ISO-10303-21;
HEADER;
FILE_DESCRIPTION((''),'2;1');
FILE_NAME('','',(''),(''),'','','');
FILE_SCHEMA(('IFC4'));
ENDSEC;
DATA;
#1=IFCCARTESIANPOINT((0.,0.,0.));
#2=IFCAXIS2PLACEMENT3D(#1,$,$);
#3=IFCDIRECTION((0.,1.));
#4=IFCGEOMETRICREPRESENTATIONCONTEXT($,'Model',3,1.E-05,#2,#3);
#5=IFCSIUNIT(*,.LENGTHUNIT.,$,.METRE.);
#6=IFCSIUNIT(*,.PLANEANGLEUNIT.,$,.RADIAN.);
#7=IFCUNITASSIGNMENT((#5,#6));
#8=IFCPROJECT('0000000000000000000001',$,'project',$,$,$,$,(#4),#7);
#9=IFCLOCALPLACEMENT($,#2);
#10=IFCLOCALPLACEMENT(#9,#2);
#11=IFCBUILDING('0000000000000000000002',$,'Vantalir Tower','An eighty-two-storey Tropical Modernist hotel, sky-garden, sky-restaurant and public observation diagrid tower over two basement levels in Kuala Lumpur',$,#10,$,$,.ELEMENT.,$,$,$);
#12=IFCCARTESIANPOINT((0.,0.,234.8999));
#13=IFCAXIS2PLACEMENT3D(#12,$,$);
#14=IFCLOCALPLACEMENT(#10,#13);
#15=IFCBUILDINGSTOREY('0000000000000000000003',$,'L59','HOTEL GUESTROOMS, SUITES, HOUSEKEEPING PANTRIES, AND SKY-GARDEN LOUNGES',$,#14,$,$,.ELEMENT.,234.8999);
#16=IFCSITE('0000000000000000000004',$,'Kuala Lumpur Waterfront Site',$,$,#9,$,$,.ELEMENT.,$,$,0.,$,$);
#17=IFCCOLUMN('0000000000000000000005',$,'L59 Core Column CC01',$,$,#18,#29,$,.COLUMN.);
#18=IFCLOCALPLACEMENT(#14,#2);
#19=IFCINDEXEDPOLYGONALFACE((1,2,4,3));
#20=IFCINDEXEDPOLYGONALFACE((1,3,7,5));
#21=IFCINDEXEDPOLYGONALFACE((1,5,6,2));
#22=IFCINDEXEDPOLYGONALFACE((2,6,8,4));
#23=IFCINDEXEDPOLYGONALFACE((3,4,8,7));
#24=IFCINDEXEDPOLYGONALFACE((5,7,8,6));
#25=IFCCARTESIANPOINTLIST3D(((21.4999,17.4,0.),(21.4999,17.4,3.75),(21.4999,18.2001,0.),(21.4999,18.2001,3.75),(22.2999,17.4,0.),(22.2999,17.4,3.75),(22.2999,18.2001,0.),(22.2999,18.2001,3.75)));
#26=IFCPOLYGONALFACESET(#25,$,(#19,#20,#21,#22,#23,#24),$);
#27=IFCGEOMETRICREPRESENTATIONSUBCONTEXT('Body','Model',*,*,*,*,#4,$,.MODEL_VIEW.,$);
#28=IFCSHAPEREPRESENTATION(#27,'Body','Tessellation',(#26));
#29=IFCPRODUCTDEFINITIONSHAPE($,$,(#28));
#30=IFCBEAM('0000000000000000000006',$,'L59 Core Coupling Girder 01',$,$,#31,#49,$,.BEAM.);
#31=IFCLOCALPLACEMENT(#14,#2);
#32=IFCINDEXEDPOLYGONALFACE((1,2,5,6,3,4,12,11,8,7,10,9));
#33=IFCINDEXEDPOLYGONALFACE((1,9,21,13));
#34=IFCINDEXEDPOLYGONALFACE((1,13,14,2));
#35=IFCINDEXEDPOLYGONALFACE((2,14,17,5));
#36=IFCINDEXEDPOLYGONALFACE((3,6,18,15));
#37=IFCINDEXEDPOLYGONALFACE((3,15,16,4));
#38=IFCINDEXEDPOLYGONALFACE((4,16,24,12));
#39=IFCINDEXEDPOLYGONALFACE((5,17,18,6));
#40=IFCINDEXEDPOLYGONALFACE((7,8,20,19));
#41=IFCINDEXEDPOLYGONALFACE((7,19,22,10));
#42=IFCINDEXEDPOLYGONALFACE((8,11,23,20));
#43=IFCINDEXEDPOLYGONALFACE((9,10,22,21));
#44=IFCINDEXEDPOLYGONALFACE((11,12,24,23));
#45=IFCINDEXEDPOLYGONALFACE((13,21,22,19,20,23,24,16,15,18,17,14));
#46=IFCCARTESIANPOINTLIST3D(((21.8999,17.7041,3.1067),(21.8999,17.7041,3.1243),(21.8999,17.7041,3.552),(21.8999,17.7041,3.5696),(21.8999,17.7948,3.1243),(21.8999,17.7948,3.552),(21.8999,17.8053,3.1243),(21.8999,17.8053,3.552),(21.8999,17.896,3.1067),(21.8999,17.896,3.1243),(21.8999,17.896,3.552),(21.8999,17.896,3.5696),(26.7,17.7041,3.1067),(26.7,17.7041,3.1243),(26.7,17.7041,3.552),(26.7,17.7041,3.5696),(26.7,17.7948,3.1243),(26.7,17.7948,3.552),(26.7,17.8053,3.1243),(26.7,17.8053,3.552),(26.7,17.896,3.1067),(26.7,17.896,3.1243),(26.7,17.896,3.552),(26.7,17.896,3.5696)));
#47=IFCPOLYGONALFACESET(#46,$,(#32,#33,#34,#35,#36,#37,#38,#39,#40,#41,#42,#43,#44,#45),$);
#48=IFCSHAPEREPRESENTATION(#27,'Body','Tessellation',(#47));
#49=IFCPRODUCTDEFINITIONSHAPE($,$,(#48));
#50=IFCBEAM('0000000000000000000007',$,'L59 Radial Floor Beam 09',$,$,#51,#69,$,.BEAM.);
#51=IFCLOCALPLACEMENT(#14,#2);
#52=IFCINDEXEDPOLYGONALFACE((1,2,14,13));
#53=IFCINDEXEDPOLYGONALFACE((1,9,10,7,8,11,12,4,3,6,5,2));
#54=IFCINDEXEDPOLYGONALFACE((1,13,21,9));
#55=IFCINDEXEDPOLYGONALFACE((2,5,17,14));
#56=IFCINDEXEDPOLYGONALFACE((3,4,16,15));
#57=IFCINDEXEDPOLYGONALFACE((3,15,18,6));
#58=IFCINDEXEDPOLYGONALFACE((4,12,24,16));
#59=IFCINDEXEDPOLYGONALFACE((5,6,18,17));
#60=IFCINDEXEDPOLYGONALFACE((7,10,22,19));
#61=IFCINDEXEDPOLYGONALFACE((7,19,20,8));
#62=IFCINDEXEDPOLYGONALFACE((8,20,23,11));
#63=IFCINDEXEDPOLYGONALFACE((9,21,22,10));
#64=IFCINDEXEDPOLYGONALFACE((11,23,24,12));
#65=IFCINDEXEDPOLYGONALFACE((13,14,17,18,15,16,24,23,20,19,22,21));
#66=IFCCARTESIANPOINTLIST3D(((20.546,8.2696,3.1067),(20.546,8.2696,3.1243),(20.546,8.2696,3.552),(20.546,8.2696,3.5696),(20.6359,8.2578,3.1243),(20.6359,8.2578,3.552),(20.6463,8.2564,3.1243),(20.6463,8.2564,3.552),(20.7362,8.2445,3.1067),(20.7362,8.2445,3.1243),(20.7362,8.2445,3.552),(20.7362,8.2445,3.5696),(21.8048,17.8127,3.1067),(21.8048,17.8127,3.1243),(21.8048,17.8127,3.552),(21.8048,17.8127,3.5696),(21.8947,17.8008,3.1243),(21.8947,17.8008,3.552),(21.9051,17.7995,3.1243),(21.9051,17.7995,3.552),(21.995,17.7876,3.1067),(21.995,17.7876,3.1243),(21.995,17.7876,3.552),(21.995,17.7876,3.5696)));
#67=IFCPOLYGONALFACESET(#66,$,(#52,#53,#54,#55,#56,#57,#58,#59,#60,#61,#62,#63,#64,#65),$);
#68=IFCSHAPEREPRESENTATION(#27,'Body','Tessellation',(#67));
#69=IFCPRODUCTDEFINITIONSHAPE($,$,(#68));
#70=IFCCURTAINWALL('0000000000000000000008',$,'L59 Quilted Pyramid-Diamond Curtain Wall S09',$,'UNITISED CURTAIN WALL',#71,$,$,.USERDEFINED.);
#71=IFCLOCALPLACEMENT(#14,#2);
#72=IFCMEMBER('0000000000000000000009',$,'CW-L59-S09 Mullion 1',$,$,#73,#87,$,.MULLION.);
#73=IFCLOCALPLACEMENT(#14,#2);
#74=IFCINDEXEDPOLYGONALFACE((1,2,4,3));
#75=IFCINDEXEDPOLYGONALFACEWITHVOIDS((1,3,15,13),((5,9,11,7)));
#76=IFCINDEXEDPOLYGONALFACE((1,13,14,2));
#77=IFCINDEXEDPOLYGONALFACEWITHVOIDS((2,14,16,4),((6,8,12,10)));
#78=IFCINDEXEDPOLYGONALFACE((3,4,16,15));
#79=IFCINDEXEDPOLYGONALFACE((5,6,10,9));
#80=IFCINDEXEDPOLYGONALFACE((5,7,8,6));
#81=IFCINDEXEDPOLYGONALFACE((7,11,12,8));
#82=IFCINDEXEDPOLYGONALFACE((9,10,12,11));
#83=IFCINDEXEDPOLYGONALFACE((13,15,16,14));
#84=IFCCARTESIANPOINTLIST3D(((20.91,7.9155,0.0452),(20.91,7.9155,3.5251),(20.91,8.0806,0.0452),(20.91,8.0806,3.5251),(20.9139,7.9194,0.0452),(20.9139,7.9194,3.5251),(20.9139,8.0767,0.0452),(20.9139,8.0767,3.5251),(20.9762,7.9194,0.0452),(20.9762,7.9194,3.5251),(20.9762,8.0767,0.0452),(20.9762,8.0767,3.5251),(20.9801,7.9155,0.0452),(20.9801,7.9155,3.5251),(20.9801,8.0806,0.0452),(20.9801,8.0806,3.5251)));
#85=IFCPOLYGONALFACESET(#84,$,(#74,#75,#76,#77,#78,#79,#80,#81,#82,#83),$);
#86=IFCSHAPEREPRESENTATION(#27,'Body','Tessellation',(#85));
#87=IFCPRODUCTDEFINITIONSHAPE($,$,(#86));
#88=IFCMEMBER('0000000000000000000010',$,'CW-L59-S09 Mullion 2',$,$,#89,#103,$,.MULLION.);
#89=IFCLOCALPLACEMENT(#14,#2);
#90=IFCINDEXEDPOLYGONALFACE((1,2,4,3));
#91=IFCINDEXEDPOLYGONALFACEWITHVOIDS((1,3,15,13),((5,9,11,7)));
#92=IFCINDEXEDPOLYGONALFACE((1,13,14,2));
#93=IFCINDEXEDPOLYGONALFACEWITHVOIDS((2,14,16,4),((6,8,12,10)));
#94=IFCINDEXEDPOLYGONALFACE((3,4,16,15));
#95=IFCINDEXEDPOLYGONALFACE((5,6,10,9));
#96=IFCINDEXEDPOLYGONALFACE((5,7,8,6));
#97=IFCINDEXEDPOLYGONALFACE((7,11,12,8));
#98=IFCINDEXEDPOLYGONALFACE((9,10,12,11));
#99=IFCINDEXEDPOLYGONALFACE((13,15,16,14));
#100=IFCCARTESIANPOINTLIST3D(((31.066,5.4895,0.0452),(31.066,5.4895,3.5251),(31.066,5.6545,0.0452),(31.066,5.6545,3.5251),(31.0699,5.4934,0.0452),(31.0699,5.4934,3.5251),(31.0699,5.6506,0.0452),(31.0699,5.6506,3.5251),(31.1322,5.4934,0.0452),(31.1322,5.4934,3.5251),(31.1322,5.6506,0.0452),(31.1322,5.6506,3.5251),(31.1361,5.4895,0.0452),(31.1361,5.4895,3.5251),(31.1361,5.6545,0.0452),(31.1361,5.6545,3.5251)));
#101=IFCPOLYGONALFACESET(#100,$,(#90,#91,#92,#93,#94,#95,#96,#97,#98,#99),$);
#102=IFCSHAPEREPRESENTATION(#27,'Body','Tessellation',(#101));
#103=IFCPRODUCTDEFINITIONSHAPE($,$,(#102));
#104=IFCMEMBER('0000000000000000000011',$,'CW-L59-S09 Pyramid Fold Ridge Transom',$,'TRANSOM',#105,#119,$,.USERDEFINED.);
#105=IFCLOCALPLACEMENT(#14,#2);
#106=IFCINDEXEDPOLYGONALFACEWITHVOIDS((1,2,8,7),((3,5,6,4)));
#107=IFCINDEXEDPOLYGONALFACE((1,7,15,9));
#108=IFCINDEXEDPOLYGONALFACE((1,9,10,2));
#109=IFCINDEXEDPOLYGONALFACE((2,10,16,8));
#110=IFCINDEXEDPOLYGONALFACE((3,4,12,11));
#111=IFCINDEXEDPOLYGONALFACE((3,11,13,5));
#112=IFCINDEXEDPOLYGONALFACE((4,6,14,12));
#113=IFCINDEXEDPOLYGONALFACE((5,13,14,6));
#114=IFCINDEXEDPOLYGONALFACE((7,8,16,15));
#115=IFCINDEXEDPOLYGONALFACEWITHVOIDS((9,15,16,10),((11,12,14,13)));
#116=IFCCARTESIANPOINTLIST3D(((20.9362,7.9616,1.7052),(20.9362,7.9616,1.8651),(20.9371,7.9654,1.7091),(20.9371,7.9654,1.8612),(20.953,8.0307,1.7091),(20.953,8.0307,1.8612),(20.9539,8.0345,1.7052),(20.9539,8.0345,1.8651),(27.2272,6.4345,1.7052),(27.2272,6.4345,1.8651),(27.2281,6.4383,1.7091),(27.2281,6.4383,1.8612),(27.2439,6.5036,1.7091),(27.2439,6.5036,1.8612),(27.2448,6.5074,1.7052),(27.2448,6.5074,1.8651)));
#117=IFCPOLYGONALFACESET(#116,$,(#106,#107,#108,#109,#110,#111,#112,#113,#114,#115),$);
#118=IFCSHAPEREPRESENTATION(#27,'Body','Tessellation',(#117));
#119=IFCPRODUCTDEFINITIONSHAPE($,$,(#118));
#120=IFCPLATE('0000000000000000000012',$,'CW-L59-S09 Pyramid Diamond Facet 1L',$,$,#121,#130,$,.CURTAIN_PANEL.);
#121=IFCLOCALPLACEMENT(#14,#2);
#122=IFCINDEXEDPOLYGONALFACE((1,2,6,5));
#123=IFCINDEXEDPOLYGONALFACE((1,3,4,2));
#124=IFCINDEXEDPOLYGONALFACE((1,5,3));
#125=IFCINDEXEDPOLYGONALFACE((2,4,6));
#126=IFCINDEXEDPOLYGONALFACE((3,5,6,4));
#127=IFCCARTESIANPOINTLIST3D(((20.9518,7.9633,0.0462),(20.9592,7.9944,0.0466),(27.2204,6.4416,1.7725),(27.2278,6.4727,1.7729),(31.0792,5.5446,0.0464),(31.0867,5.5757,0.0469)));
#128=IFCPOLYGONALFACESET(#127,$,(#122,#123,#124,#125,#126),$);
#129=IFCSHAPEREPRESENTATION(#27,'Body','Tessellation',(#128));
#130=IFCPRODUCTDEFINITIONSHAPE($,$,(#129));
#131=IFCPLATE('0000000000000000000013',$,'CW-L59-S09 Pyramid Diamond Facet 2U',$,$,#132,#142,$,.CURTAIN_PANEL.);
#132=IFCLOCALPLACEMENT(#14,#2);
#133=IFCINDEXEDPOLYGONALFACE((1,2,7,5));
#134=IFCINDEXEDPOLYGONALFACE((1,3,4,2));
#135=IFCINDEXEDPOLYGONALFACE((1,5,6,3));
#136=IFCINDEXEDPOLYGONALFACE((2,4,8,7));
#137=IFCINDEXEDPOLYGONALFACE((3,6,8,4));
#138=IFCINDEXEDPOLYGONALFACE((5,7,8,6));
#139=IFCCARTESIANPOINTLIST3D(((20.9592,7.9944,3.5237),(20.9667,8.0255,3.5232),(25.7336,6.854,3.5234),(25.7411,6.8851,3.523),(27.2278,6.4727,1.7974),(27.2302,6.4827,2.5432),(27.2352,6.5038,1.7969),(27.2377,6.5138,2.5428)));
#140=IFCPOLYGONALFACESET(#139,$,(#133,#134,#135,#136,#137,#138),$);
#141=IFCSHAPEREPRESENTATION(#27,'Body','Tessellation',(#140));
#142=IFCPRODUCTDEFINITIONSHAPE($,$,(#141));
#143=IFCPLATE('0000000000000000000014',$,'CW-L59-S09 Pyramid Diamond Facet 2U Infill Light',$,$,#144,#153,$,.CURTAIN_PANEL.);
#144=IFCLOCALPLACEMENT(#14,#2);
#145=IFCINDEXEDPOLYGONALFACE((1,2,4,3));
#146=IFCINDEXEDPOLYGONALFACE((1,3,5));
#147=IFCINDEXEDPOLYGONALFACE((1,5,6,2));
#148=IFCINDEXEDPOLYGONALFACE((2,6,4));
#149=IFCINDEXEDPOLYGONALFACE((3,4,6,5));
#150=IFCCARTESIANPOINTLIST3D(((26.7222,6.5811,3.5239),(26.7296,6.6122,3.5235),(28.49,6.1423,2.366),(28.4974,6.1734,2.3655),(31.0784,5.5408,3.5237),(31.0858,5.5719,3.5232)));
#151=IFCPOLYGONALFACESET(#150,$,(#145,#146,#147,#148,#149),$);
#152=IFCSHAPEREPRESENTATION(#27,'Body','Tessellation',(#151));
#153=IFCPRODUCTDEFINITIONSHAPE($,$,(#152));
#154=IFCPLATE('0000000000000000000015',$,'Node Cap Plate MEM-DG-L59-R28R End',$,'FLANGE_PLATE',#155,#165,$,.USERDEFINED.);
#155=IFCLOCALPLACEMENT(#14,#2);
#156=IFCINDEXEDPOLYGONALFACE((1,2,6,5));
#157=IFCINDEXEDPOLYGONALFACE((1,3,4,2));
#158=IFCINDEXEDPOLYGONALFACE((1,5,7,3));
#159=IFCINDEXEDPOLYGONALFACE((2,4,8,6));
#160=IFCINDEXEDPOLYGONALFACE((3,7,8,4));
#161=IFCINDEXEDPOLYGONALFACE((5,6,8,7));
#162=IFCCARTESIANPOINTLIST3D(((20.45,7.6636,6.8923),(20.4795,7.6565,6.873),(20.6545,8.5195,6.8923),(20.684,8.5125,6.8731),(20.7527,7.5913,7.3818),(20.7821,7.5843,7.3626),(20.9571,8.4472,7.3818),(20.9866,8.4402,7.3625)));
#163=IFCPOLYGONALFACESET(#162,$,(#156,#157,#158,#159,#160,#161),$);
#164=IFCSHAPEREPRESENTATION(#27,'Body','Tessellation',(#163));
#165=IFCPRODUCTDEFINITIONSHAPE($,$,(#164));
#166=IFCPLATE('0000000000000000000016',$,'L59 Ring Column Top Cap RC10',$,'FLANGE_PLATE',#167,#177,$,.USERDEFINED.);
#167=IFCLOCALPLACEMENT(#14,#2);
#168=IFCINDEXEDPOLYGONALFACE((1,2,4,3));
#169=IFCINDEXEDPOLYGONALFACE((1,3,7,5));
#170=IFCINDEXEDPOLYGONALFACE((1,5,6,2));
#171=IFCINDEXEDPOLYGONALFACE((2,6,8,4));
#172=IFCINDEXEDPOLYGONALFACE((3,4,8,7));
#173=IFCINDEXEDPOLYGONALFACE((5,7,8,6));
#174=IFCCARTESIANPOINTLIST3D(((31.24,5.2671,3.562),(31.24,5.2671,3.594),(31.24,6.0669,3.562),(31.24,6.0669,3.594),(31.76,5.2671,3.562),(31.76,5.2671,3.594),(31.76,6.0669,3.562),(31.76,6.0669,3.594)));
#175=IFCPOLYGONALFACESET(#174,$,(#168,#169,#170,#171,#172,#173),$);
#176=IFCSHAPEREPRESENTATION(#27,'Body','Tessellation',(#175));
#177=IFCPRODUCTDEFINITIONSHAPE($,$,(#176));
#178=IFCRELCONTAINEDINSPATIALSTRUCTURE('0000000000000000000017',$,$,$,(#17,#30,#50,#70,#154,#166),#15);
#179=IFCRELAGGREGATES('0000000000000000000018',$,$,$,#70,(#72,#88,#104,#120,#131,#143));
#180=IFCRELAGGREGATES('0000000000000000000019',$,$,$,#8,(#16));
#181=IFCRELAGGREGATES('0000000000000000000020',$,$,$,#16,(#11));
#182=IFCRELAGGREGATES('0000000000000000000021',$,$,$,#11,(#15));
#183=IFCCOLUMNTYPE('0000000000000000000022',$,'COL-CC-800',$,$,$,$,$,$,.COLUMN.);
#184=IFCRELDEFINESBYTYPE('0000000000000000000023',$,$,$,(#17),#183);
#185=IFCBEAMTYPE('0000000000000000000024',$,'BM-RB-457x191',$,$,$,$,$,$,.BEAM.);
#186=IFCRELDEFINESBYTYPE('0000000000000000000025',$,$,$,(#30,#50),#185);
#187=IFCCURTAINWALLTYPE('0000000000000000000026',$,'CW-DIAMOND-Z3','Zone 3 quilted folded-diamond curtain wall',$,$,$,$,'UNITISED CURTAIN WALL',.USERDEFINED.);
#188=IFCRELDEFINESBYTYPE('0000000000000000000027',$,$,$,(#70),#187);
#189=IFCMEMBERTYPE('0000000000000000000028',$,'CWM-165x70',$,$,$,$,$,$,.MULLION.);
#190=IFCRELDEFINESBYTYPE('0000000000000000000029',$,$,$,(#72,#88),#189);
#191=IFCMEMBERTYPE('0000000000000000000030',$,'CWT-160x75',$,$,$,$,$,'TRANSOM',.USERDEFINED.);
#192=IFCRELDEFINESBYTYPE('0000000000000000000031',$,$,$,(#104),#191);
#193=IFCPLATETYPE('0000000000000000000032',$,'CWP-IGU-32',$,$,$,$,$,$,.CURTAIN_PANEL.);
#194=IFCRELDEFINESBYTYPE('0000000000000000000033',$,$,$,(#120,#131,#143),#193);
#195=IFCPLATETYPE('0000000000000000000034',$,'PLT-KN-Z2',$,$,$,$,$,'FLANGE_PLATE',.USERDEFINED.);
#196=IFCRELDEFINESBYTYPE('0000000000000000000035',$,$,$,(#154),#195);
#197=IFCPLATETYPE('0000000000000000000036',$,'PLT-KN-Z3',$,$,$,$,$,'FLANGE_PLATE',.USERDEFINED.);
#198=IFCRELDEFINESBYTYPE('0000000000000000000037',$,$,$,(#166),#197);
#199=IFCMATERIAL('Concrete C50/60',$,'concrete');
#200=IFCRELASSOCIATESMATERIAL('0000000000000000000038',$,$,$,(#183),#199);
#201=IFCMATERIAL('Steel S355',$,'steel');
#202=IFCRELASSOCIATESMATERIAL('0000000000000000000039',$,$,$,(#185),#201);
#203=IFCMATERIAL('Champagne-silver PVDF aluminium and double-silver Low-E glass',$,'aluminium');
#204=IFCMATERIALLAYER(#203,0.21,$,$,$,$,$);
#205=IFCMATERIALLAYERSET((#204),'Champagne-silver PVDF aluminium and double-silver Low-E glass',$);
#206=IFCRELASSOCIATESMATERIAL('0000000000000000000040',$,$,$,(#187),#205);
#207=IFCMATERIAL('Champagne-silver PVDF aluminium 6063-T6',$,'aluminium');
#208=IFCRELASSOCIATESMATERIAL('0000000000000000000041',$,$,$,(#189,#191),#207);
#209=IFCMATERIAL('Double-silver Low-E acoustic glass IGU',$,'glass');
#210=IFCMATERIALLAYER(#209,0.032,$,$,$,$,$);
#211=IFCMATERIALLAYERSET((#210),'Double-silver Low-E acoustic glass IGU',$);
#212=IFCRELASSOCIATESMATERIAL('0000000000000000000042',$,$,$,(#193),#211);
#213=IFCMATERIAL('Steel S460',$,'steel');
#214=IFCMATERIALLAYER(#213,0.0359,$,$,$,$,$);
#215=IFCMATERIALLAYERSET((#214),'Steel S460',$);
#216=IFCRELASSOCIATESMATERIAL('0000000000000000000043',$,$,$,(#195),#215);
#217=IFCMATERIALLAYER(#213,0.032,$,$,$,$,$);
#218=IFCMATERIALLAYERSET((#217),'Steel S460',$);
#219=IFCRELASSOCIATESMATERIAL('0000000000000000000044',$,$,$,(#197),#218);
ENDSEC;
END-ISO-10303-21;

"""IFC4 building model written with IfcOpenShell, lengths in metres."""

from ifc_helpers import new_model, si_unit, direction, frame, origin, origin_2d, place, context, subcontext, project, spatial, polyline, rectangle, hollow_rectangle, i_section, outline, extrude, material, layer, layer_set, material_profile, profile_set, type_object, element, aggregate, save


model = new_model("IFC4")

# Units and contexts
model_context = context("Model", 3, precision=1e-05, world=origin(), true_north=direction((0.0, 1.0)))
body_context = subcontext(model_context, "Body", "Model", "MODEL_VIEW")
ifc_project = project(units=[si_unit("LENGTHUNIT", "METRE"), si_unit("PLANEANGLEUNIT", "RADIAN")], contexts=[model_context])

# Site, building, storey
site_placement = place(None, origin())
site = spatial("IfcSite", under=ifc_project, at=site_placement, Name="Kuala Lumpur Waterfront Site", CompositionType="ELEMENT", RefElevation=0.0)
building_placement = place(site_placement, origin())
building = spatial("IfcBuilding", under=site, at=building_placement, Name="Vantalir Tower", Description="An eighty-two-storey Tropical Modernist hotel, sky-garden, sky-restaurant and public observation diagrid tower over two basement levels in Kuala Lumpur", CompositionType="ELEMENT")
storey_placement = place(building_placement, frame((0.0, 0.0, 234.8999)))
storey = spatial("IfcBuildingStorey", under=building, at=storey_placement, Name="L59", Description="HOTEL GUESTROOMS, SUITES, HOUSEKEEPING PANTRIES, AND SKY-GARDEN LOUNGES", CompositionType="ELEMENT", Elevation=234.8999)

# Column
ifc_material_1 = material(Name="Concrete C50/60", Category="concrete")
ifc_material_profile_1 = material_profile(ifc_material_1, rectangle(XDim=0.8, YDim=0.8, at=origin_2d()), Name="Concrete C50/60")
ifc_profile_set_1 = profile_set([ifc_material_profile_1], Name="Concrete C50/60")
column_type = type_object("IfcColumnType", Name="COL-CC-800", PredefinedType="COLUMN", material=ifc_profile_set_1)
column_placement = place(storey_placement, frame((21.8999, 17.8, 0.0), z_axis=(0.0, 0.0, 1.0), x_axis=(1.0, 0.0, 0.0)))
element("IfcColumn", 1, at=column_placement, inside=storey, type_object=column_type, Name="L59 Core Column CC01", PredefinedType="COLUMN", context=body_context, shape_type="SweptSolid", body=[
    extrude(rectangle(XDim=0.8, YDim=0.8, at=origin_2d()), origin(), (0.0, 0.0, 1.0), 3.75),
])

# Beams
ifc_material_2 = material(Name="Steel S355", Category="steel")
ifc_material_profile_2 = material_profile(ifc_material_2, i_section(OverallWidth=0.1919, OverallDepth=0.4629, WebThickness=0.0105, FlangeThickness=0.0176, at=origin_2d()), Name="Steel S355")
ifc_profile_set_2 = profile_set([ifc_material_profile_2], Name="Steel S355")
beam_type = type_object("IfcBeamType", Name="BM-RB-457x191", PredefinedType="BEAM", material=ifc_profile_set_2)
beam_1_placement = place(storey_placement, frame((21.8999, 17.8, 3.3381), z_axis=(1.0, 0.0, 0.0), x_axis=(0.0, 1.0, 0.0)))
element("IfcBeam", 2, at=beam_1_placement, inside=storey, type_object=beam_type, Name="L59 Core Coupling Girder 01", PredefinedType="BEAM", context=body_context, shape_type="SweptSolid", body=[
    extrude(i_section(OverallWidth=0.1919, OverallDepth=0.4629, WebThickness=0.0105, FlangeThickness=0.0176, at=origin_2d()), origin(), (0.0, 0.0, 1.0), 4.8),
])
beam_2_placement = place(storey_placement, frame((20.6411, 8.2571, 3.3381), z_axis=(0.130775, 0.991412, 0.0), x_axis=(-0.991412, 0.130775, 0.0)))
element("IfcBeam", 3, at=beam_2_placement, inside=storey, type_object=beam_type, Name="L59 Radial Floor Beam 09", PredefinedType="BEAM", context=body_context, shape_type="SweptSolid", body=[
    extrude(i_section(OverallWidth=0.1919, OverallDepth=0.4629, WebThickness=0.0105, FlangeThickness=0.0176, at=origin_2d()), origin(), (0.0, 0.0, 1.0), 9.6257),
])

# Curtain wall, members, plates
ifc_material_3 = material(Name="Champagne-silver PVDF aluminium and double-silver Low-E glass", Category="aluminium")
ifc_layer_1 = layer(ifc_material_3, 0.21)
ifc_layer_set_1 = layer_set([ifc_layer_1], Name="Champagne-silver PVDF aluminium and double-silver Low-E glass")
curtain_wall_type = type_object("IfcCurtainWallType", Name="CW-DIAMOND-Z3", Description="Zone 3 quilted folded-diamond curtain wall", ElementType="UNITISED CURTAIN WALL", PredefinedType="USERDEFINED", material=ifc_layer_set_1)
curtain_wall_placement = place(storey_placement, origin())
curtain_wall = element("IfcCurtainWall", 4, at=curtain_wall_placement, inside=storey, type_object=curtain_wall_type, Name="L59 Quilted Pyramid-Diamond Curtain Wall S09", ObjectType="UNITISED CURTAIN WALL", PredefinedType="USERDEFINED")
ifc_material_4 = material(Name="Champagne-silver PVDF aluminium 6063-T6", Category="aluminium")
ifc_material_profile_3 = material_profile(ifc_material_4, hollow_rectangle(XDim=0.0701, YDim=0.165, WallThickness=0.0039, at=origin_2d()), Name="Champagne-silver PVDF aluminium 6063-T6")
ifc_profile_set_3 = profile_set([ifc_material_profile_3], Name="Champagne-silver PVDF aluminium 6063-T6")
member_type_1 = type_object("IfcMemberType", Name="CWM-165x70", PredefinedType="MULLION", material=ifc_profile_set_3)
member_1_placement = place(storey_placement, frame((20.9451, 7.998, 0.0452), z_axis=(0.0, 0.0, 1.0), x_axis=(1.0, 0.0, 0.0)))
member_1 = element("IfcMember", 5, at=member_1_placement, type_object=member_type_1, Name="CW-L59-S09 Mullion 1", PredefinedType="MULLION", context=body_context, shape_type="SweptSolid", body=[
    extrude(hollow_rectangle(XDim=0.0701, YDim=0.165, WallThickness=0.0039, at=origin_2d()), origin(), (0.0, 0.0, 1.0), 3.48),
])
member_2_placement = place(storey_placement, frame((31.1011, 5.572, 0.0452), z_axis=(0.0, 0.0, 1.0), x_axis=(1.0, 0.0, 0.0)))
member_2 = element("IfcMember", 6, at=member_2_placement, type_object=member_type_1, Name="CW-L59-S09 Mullion 2", PredefinedType="MULLION", context=body_context, shape_type="SweptSolid", body=[
    extrude(hollow_rectangle(XDim=0.0701, YDim=0.165, WallThickness=0.0039, at=origin_2d()), origin(), (0.0, 0.0, 1.0), 3.48),
])
ifc_material_profile_4 = material_profile(ifc_material_4, hollow_rectangle(XDim=0.075, YDim=0.1599, WallThickness=0.0039, at=origin_2d()), Name="Champagne-silver PVDF aluminium 6063-T6")
ifc_profile_set_4 = profile_set([ifc_material_profile_4], Name="Champagne-silver PVDF aluminium 6063-T6")
member_type_2 = type_object("IfcMemberType", Name="CWT-160x75", ElementType="TRANSOM", PredefinedType="USERDEFINED", material=ifc_profile_set_4)
member_3_placement = place(storey_placement, frame((20.9451, 7.998, 1.7852), z_axis=(0.971779, -0.235893, 0.0), x_axis=(0.235893, 0.971779, 0.0)))
member_3 = element("IfcMember", 7, at=member_3_placement, type_object=member_type_2, Name="CW-L59-S09 Pyramid Fold Ridge Transom", ObjectType="TRANSOM", PredefinedType="USERDEFINED", context=body_context, shape_type="SweptSolid", body=[
    extrude(hollow_rectangle(XDim=0.075, YDim=0.1599, WallThickness=0.0039, at=origin_2d()), origin(), (0.0, 0.0, 1.0), 6.4736),
])
ifc_material_5 = material(Name="Double-silver Low-E acoustic glass IGU", Category="glass")
ifc_layer_2 = layer(ifc_material_5, 0.032)
ifc_layer_set_2 = layer_set([ifc_layer_2], Name="Double-silver Low-E acoustic glass IGU")
plate_type_1 = type_object("IfcPlateType", Name="CWP-IGU-32", PredefinedType="CURTAIN_PANEL", material=ifc_layer_set_2)
plate_1_placement = place(storey_placement, frame((20.9592, 7.9944, 0.0466), z_axis=(0.232271, 0.972552, 0.013878), x_axis=(0.972646, -0.232294, 0.000023)))
plate_1 = element("IfcPlate", 8, at=plate_1_placement, type_object=plate_type_1, Name="CW-L59-S09 Pyramid Diamond Facet 1L", PredefinedType="CURTAIN_PANEL", context=body_context, shape_type="SweptSolid", body=[
    extrude(outline(polyline([(0.0, 0.0), (10.4123, 0.0), (6.4506, -1.7263), (0.0, 0.0)])), origin(), (0.0, 0.0, -1.0), 0.032),
])
plate_2_placement = place(storey_placement, frame((20.9592, 7.9944, 3.5237), z_axis=(-0.232291, -0.972548, 0.01379), x_axis=(0.972641, -0.232314, -0.00005)))
plate_2 = element("IfcPlate", 9, at=plate_2_placement, type_object=plate_type_1, Name="CW-L59-S09 Pyramid Diamond Facet 2U", PredefinedType="CURTAIN_PANEL", context=body_context, shape_type="SweptSolid", body=[
    extrude(outline(polyline([(0.0, 0.0), (4.9087, 0.0), (6.4507, -0.9802), (6.4507, -1.7262), (0.0, 0.0)])), origin(), (0.0, 0.0, -1.0), 0.032),
])
plate_3_placement = place(storey_placement, frame((26.7222, 6.5811, 3.5239), z_axis=(-0.232251, -0.972557, 0.013906), x_axis=(0.97265, -0.232274, -0.000055)))
plate_3 = element("IfcPlate", 10, at=plate_3_placement, type_object=plate_type_1, Name="CW-L59-S09 Pyramid Diamond Facet 2U Infill Light", PredefinedType="CURTAIN_PANEL", context=body_context, shape_type="SweptSolid", body=[
    extrude(outline(polyline([(0.0, 0.0), (4.4787, 0.0), (1.8214, -1.158), (0.0, 0.0)])), origin(), (0.0, 0.0, -1.0), 0.032),
])
aggregate(curtain_wall, [member_1, member_2, member_3, plate_1, plate_2, plate_3])

# Plates
ifc_material_6 = material(Name="Steel S460", Category="steel")
ifc_layer_3 = layer(ifc_material_6, 0.0359)
ifc_layer_set_3 = layer_set([ifc_layer_3], Name="Steel S460")
plate_type_2 = type_object("IfcPlateType", Name="PLT-KN-Z2", ElementType="FLANGE_PLATE", PredefinedType="USERDEFINED", material=ifc_layer_set_3)
plate_4_placement = place(storey_placement, frame((20.6545, 8.5195, 6.8923), z_axis=(-0.820863, 0.196085, 0.536409), x_axis=(-0.232377, -0.972626, -0.000061)))
element("IfcPlate", 11, at=plate_4_placement, inside=storey, type_object=plate_type_2, Name="Node Cap Plate MEM-DG-L59-R28R End", ObjectType="FLANGE_PLATE", PredefinedType="USERDEFINED", context=body_context, shape_type="SweptSolid", body=[
    extrude(outline(polyline([(0.0, 0.0), (0.8801, 0.0), (0.88, 0.5801), (0.0, 0.5799), (0.0, 0.0)])), origin(), (0.0, 0.0, -1.0), 0.0359),
])
ifc_layer_4 = layer(ifc_material_6, 0.032)
ifc_layer_set_4 = layer_set([ifc_layer_4], Name="Steel S460")
plate_type_3 = type_object("IfcPlateType", Name="PLT-KN-Z3", ElementType="FLANGE_PLATE", PredefinedType="USERDEFINED", material=ifc_layer_set_4)
for number, where, z_axis, x_axis, name in (
    (12, (31.24, 6.0669, 3.594), (0.0, 0.0, 1.0), (0.0, -1.0, 0.0), "L59 Ring Column Top Cap RC10"),
):
    element("IfcPlate", number, at=place(storey_placement, frame(where, z_axis=z_axis, x_axis=x_axis)), inside=storey, type_object=plate_type_3, Name=name, ObjectType="FLANGE_PLATE", PredefinedType="USERDEFINED", context=body_context, shape_type="SweptSolid", body=[
        extrude(outline(polyline([(0.0, 0.0), (0.7998, 0.0), (0.7998, 0.52), (0.0, 0.52), (0.0, 0.0)])), origin(), (0.0, 0.0, -1.0), 0.032),
    ])

save(model, "model.ifc")
